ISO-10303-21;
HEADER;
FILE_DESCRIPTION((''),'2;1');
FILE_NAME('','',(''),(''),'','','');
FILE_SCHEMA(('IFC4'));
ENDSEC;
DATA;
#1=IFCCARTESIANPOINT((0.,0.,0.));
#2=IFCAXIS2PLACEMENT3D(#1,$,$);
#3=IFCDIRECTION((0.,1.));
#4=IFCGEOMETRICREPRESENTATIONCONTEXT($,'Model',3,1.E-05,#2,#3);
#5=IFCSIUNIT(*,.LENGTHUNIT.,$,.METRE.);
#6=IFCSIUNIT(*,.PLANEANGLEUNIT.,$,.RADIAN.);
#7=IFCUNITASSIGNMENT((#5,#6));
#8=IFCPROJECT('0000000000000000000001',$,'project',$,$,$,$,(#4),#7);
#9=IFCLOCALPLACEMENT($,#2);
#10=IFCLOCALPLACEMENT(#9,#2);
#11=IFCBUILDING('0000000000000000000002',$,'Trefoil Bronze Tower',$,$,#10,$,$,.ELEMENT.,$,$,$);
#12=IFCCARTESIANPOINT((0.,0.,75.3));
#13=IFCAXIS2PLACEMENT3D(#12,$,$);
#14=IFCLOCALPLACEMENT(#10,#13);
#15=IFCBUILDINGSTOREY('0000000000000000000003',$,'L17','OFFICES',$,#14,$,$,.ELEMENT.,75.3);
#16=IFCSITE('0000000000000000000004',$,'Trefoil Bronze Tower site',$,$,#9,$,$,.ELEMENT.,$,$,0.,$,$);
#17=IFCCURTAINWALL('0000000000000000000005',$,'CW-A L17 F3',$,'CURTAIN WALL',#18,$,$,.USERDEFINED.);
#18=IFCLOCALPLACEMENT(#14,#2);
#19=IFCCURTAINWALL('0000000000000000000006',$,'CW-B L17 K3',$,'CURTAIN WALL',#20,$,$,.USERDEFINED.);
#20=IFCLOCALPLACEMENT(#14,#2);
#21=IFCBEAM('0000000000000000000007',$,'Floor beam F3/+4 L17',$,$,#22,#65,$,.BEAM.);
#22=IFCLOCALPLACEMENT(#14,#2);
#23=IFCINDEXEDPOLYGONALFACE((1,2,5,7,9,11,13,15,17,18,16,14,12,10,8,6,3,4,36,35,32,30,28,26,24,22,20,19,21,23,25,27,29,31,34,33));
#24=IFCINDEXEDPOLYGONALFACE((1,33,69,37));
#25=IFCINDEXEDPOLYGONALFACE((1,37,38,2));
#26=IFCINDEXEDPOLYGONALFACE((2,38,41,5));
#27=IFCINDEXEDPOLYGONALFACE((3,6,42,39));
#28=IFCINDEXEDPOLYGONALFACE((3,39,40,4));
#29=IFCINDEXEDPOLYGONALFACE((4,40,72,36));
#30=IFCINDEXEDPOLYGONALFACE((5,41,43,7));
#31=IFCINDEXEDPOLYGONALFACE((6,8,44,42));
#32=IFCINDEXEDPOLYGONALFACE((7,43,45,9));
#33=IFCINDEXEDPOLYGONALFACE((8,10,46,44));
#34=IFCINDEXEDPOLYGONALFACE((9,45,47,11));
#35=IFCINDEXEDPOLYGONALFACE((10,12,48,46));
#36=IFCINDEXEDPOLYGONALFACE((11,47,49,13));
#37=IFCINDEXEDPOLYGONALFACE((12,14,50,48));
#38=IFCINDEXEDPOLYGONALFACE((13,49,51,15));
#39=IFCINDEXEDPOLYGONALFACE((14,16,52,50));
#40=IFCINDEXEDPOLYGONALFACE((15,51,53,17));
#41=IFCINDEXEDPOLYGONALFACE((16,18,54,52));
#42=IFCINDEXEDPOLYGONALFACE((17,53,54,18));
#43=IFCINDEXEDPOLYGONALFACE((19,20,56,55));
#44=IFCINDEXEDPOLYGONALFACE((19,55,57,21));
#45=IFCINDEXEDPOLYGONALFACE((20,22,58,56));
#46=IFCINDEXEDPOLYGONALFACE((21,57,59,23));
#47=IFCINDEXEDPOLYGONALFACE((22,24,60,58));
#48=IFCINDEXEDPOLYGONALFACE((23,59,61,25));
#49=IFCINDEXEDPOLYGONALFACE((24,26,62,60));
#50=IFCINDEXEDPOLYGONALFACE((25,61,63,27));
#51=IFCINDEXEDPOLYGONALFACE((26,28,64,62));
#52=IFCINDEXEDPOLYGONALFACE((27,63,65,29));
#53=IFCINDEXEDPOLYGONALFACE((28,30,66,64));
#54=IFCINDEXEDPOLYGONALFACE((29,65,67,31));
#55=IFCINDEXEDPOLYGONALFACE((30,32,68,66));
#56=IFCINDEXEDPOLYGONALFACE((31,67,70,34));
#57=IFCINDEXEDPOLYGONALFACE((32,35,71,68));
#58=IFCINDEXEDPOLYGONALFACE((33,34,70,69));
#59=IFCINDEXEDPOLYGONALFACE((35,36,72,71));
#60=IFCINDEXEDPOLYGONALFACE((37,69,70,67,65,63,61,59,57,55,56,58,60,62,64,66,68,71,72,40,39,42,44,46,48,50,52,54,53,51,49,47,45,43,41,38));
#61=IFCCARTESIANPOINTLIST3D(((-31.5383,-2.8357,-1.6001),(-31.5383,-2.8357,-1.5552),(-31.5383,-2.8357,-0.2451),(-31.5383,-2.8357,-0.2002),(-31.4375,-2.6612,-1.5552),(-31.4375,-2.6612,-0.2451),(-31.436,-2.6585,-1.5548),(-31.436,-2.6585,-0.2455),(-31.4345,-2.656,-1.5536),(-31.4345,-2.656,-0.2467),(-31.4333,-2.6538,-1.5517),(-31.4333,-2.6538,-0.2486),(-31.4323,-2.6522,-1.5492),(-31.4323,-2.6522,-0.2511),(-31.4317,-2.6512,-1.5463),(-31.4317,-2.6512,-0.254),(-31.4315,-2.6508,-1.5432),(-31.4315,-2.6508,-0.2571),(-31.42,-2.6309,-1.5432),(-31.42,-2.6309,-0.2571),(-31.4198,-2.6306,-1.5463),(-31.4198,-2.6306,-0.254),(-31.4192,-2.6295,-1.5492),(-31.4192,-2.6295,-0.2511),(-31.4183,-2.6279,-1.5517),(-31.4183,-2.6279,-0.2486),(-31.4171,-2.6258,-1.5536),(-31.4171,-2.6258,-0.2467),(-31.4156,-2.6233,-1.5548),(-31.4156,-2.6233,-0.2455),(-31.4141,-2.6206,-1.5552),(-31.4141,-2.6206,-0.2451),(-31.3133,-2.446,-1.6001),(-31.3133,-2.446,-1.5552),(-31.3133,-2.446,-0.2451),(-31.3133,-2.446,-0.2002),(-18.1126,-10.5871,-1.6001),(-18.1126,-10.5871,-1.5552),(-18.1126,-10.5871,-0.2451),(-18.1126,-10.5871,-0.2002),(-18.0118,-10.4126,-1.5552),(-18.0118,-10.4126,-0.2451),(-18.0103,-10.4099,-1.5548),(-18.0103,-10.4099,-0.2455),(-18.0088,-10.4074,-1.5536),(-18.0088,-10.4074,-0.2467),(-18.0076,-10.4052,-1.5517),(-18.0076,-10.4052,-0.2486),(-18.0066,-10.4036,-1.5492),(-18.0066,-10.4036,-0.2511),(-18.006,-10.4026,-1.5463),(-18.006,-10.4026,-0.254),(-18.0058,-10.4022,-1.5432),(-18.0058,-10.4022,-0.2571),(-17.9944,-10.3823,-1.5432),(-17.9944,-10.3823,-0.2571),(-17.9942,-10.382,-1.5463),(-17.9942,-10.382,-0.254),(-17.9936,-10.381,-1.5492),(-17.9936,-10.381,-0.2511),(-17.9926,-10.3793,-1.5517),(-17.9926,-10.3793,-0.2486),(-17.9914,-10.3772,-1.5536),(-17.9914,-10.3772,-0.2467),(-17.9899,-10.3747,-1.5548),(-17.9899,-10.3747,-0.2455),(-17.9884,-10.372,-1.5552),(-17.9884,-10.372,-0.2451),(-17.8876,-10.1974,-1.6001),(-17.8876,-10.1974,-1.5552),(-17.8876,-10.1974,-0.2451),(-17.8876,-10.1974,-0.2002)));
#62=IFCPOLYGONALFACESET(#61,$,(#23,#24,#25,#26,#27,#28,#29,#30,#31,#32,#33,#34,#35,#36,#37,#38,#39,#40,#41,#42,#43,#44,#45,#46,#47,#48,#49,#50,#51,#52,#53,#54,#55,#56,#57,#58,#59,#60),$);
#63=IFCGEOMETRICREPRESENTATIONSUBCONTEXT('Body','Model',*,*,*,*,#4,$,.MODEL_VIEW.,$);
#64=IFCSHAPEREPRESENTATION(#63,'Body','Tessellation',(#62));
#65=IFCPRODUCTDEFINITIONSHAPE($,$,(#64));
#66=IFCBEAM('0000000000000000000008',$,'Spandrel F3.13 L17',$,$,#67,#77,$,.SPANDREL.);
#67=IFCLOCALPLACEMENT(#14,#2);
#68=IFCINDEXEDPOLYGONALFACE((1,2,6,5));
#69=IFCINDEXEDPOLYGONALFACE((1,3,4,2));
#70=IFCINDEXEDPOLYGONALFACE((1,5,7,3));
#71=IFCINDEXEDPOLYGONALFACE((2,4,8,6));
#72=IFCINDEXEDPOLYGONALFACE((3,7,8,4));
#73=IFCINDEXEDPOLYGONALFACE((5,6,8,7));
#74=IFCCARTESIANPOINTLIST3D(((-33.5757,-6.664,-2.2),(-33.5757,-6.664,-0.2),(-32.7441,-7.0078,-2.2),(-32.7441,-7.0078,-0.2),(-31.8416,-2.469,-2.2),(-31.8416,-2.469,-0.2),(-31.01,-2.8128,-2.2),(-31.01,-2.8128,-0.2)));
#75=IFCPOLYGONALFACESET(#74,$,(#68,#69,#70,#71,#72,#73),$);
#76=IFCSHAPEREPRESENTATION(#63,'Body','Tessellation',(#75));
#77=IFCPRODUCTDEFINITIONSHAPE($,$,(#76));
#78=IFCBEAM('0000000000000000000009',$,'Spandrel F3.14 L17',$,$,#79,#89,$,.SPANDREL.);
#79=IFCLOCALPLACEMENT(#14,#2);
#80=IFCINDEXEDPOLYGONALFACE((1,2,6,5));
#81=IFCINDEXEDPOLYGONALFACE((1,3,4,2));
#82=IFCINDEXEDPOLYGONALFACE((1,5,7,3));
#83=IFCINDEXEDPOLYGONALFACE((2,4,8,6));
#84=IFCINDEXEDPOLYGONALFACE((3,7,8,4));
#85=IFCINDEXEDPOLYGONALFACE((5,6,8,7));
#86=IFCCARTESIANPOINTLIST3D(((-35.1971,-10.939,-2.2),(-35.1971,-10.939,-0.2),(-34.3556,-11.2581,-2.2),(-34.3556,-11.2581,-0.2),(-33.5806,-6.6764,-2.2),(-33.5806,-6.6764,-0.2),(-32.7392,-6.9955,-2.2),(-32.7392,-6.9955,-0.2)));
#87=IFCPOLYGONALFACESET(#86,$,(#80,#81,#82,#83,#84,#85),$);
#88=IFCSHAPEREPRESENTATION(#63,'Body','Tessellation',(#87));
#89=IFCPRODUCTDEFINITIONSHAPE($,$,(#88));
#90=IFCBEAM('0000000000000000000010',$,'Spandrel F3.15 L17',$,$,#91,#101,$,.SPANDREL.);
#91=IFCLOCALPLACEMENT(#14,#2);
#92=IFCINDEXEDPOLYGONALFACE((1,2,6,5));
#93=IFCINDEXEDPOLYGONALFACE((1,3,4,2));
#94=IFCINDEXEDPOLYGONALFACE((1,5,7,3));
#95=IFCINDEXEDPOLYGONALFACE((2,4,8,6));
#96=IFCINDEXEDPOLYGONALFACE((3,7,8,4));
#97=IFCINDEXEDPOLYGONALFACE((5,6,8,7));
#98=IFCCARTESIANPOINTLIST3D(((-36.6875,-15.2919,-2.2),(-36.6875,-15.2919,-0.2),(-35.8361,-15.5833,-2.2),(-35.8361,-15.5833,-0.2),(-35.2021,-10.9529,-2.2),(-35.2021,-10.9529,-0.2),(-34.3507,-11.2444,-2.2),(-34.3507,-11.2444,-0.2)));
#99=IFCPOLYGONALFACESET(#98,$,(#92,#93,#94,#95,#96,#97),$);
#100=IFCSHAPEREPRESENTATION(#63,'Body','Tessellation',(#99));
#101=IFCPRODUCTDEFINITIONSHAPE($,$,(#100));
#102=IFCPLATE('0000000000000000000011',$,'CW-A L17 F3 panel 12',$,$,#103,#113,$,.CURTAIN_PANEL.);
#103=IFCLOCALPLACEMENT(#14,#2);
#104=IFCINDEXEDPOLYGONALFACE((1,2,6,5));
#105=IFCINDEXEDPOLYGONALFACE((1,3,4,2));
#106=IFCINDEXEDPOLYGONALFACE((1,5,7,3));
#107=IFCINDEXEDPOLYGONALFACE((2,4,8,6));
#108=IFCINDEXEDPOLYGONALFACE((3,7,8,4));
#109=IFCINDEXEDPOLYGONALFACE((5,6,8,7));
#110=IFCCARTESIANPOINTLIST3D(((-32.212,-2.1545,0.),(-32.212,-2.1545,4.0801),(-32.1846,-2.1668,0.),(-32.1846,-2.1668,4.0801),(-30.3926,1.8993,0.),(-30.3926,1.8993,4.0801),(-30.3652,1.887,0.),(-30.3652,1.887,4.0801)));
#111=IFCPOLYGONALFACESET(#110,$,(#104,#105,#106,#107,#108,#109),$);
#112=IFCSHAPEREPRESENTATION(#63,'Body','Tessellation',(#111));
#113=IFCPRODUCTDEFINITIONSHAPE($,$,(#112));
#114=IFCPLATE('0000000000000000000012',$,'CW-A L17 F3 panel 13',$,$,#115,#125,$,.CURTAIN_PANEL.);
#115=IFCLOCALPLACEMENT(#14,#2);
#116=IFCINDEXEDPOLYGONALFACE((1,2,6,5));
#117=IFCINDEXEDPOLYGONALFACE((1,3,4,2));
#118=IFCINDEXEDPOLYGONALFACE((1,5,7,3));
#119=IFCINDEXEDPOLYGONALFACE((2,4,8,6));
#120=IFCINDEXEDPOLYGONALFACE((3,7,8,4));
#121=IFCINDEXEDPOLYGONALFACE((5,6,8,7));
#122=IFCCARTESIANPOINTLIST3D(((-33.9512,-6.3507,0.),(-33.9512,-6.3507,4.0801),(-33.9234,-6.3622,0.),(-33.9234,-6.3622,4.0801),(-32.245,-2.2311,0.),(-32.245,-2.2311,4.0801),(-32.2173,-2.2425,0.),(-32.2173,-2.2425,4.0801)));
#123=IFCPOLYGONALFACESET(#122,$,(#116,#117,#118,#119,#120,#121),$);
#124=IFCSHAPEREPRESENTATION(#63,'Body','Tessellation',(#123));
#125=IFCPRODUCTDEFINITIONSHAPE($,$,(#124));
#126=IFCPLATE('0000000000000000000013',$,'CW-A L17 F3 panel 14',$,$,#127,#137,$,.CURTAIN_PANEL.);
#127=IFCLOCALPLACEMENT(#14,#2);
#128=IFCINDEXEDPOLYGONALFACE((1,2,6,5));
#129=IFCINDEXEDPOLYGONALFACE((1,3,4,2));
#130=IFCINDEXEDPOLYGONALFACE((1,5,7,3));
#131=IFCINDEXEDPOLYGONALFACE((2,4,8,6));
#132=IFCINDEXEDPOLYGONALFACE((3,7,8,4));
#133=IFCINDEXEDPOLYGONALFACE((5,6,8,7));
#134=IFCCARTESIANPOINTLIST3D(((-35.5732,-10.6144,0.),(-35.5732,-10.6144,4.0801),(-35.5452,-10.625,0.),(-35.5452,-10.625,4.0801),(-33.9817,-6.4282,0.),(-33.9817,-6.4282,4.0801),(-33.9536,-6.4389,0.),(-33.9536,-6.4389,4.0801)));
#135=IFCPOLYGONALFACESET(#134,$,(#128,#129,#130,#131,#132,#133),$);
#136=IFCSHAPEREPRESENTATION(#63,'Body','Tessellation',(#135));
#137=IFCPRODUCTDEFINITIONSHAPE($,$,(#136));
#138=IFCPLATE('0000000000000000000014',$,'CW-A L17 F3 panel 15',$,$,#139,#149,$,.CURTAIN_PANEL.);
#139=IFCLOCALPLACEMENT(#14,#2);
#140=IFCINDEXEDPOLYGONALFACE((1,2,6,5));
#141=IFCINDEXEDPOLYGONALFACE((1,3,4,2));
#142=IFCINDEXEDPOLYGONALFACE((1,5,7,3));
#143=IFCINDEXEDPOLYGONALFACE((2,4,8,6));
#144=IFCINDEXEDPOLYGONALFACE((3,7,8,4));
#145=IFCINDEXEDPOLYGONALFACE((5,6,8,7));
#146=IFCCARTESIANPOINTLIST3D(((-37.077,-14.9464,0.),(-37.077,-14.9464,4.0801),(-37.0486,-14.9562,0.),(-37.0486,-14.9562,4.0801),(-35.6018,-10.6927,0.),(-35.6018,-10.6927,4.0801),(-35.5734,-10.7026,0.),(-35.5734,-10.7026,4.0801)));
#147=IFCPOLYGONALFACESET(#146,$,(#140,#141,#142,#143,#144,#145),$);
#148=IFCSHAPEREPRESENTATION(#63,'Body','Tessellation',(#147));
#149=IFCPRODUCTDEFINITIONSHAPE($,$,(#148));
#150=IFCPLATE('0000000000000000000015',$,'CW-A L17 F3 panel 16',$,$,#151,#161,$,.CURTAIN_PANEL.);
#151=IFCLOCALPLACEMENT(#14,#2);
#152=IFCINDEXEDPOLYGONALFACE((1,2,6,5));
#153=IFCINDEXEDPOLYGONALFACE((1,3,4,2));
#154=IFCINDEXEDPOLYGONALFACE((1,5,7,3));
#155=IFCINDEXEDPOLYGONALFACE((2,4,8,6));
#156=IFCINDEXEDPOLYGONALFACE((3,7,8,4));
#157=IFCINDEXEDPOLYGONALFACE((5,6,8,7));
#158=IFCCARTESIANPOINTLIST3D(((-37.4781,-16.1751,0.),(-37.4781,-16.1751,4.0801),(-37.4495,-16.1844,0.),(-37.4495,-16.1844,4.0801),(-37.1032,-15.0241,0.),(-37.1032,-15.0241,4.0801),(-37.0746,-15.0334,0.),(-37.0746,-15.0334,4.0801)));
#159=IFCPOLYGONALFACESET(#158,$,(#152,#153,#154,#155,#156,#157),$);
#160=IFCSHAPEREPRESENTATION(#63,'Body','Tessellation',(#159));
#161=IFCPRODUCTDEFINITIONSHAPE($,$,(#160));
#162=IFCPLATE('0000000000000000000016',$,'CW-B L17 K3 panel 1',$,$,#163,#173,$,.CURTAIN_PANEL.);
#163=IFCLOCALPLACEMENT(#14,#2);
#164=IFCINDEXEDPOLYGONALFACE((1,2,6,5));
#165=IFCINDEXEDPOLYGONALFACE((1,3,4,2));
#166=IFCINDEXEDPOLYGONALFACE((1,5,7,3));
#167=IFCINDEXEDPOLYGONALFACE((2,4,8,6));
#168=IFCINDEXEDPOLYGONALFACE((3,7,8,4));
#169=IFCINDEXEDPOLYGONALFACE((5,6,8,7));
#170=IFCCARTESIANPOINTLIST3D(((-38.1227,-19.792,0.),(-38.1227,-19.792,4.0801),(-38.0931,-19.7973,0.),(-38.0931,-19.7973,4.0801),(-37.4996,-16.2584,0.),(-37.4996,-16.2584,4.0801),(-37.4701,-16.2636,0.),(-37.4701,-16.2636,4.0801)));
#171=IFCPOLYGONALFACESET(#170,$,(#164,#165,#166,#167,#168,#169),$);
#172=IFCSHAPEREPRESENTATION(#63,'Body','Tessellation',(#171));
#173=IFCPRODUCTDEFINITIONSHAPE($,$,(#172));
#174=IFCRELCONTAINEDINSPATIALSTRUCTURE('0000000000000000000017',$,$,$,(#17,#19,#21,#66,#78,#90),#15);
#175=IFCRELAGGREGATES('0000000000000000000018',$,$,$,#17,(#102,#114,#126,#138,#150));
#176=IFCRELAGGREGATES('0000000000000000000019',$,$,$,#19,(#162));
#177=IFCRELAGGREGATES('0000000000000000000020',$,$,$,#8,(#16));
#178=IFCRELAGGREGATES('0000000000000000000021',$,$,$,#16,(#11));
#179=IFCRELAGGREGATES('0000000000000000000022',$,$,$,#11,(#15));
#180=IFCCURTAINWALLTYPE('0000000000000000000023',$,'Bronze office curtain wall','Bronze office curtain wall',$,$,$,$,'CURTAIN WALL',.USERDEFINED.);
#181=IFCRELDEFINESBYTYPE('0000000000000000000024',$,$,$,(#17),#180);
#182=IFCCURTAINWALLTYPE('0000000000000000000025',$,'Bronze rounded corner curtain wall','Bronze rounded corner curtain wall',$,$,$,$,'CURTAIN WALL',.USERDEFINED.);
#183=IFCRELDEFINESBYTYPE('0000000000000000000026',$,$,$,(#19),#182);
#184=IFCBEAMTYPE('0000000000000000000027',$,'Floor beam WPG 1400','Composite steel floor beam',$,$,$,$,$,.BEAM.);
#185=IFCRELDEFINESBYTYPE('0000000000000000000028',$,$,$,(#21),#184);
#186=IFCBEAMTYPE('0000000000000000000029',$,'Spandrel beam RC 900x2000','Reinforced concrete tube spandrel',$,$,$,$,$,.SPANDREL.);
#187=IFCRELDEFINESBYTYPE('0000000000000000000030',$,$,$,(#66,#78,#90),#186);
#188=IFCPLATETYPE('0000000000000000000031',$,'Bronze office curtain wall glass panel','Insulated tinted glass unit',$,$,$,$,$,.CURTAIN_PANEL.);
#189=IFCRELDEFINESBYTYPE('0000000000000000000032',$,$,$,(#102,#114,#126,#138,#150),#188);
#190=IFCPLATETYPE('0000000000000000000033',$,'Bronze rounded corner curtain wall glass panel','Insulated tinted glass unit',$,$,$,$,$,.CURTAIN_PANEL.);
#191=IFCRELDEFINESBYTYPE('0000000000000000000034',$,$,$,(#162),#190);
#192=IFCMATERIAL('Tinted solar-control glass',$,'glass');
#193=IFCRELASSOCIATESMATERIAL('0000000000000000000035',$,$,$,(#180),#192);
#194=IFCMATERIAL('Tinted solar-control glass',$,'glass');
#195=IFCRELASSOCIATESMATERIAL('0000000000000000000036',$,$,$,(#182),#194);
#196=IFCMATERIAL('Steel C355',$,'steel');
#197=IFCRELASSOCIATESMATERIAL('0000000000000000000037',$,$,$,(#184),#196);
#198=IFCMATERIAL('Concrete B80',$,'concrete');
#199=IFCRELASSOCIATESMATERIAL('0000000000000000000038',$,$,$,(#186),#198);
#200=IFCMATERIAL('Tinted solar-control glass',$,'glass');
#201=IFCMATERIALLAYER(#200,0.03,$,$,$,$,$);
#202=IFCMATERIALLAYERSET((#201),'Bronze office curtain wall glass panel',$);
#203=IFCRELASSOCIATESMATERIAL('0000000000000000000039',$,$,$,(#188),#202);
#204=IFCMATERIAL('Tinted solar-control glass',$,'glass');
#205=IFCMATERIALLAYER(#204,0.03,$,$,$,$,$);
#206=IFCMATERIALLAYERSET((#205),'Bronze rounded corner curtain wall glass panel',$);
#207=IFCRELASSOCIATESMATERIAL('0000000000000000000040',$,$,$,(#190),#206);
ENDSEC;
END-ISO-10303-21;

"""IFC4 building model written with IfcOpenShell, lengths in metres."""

from ifc_helpers import new_model, si_unit, direction, frame, origin, origin_2d, place, context, subcontext, project, spatial, rectangle, i_section, extrude, material, layer, layer_set, material_profile, profile_set, type_object, element, aggregate, save


model = new_model("IFC4")

# Units and contexts
model_context = context("Model", 3, precision=1e-05, world=origin(), true_north=direction((0.0, 1.0)))
body_context = subcontext(model_context, "Body", "Model", "MODEL_VIEW")
ifc_project = project(units=[si_unit("LENGTHUNIT", "METRE"), si_unit("PLANEANGLEUNIT", "RADIAN")], contexts=[model_context])

# Site, building, storey
site_placement = place(None, origin())
site = spatial("IfcSite", under=ifc_project, at=site_placement, Name="Trefoil Bronze Tower site", CompositionType="ELEMENT", RefElevation=0.0)
building_placement = place(site_placement, origin())
building = spatial("IfcBuilding", under=site, at=building_placement, Name="Trefoil Bronze Tower", CompositionType="ELEMENT")
storey_placement = place(building_placement, frame((0.0, 0.0, 75.3)))
storey = spatial("IfcBuildingStorey", under=building, at=storey_placement, Name="L17", Description="OFFICES", CompositionType="ELEMENT", Elevation=75.3)

# Curtain walls
ifc_material_1 = material(Name="Tinted solar-control glass", Category="glass")
curtain_wall_type_1 = type_object("IfcCurtainWallType", Name="Bronze office curtain wall", Description="Bronze office curtain wall", ElementType="CURTAIN WALL", PredefinedType="USERDEFINED", material=ifc_material_1)
curtain_wall_1_placement = place(storey_placement, origin())
curtain_wall_1 = element("IfcCurtainWall", 1, at=curtain_wall_1_placement, inside=storey, type_object=curtain_wall_type_1, Name="CW-A L17 F3", ObjectType="CURTAIN WALL", PredefinedType="USERDEFINED")
ifc_material_2 = material(Name="Tinted solar-control glass", Category="glass")
curtain_wall_type_2 = type_object("IfcCurtainWallType", Name="Bronze rounded corner curtain wall", Description="Bronze rounded corner curtain wall", ElementType="CURTAIN WALL", PredefinedType="USERDEFINED", material=ifc_material_2)
curtain_wall_2_placement = place(storey_placement, origin())
curtain_wall_2 = element("IfcCurtainWall", 2, at=curtain_wall_2_placement, inside=storey, type_object=curtain_wall_type_2, Name="CW-B L17 K3", ObjectType="CURTAIN WALL", PredefinedType="USERDEFINED")

# Beams
ifc_material_3 = material(Name="Steel C355", Category="steel")
ifc_material_profile_1 = material_profile(ifc_material_3, i_section(OverallWidth=0.45, OverallDepth=1.3999, WebThickness=0.0229, FlangeThickness=0.0449, FilletRadius=0.012, at=origin_2d()), Name="WPG 1400")
ifc_profile_set_1 = profile_set([ifc_material_profile_1], Name="Steel C355")
beam_type_1 = type_object("IfcBeamType", Name="Floor beam WPG 1400", Description="Composite steel floor beam", PredefinedType="BEAM", material=ifc_profile_set_1)
beam_1_placement = place(storey_placement, frame((-31.4258, -2.6409, -0.9001), z_axis=(0.866023, -0.500004, 0.0), x_axis=(0.500004, 0.866023, 0.0)))
element("IfcBeam", 3, at=beam_1_placement, inside=storey, type_object=beam_type_1, Name="Floor beam F3/+4 L17", PredefinedType="BEAM", context=body_context, shape_type="SweptSolid", body=[
    extrude(i_section(OverallWidth=0.45, OverallDepth=1.3999, WebThickness=0.0229, FlangeThickness=0.0449, FilletRadius=0.012, at=origin_2d()), origin(), (0.0, 0.0, 1.0), 15.5027),
])
ifc_material_4 = material(Name="Concrete B80", Category="concrete")
ifc_material_profile_2 = material_profile(ifc_material_4, rectangle(XDim=0.8999, YDim=2.0, at=origin_2d()), Name="RC 900x2000")
ifc_profile_set_2 = profile_set([ifc_material_profile_2], Name="Concrete B80")
beam_type_2 = type_object("IfcBeamType", Name="Spandrel beam RC 900x2000", Description="Reinforced concrete tube spandrel", PredefinedType="SPANDREL", material=ifc_profile_set_2)
beam_2_placement = place(storey_placement, frame((-31.4258, -2.6409, -1.2), z_axis=(-0.382021, -0.924154, 0.0), x_axis=(0.924154, -0.382021, 0.0)))
element("IfcBeam", 4, at=beam_2_placement, inside=storey, type_object=beam_type_2, Name="Spandrel F3.13 L17", PredefinedType="SPANDREL", context=body_context, shape_type="SweptSolid", body=[
    extrude(rectangle(XDim=0.8999, YDim=2.0, at=origin_2d()), origin(), (0.0, 0.0, 1.0), 4.5393),
])
beam_3_placement = place(storey_placement, frame((-33.1599, -6.8359, -1.2), z_axis=(-0.354572, -0.935029, 0.0), x_axis=(0.935029, -0.354572, 0.0)))
element("IfcBeam", 5, at=beam_3_placement, inside=storey, type_object=beam_type_2, Name="Spandrel F3.14 L17", PredefinedType="SPANDREL", context=body_context, shape_type="SweptSolid", body=[
    extrude(rectangle(XDim=0.8999, YDim=2.0, at=origin_2d()), origin(), (0.0, 0.0, 1.0), 4.5588),
])
beam_4_placement = place(storey_placement, frame((-34.7764, -11.0986, -1.2), z_axis=(-0.323883, -0.946097, 0.0), x_axis=(0.946097, -0.323883, 0.0)))
element("IfcBeam", 6, at=beam_4_placement, inside=storey, type_object=beam_type_2, Name="Spandrel F3.15 L17", PredefinedType="SPANDREL", context=body_context, shape_type="SweptSolid", body=[
    extrude(rectangle(XDim=0.8999, YDim=2.0, at=origin_2d()), origin(), (0.0, 0.0, 1.0), 4.5862),
])

# Plates
ifc_material_5 = material(Name="Tinted solar-control glass", Category="glass")
ifc_layer_1 = layer(ifc_material_5, 0.03)
ifc_layer_set_1 = layer_set([ifc_layer_1], Name="Bronze office curtain wall glass panel")
plate_type_1 = type_object("IfcPlateType", Name="Bronze office curtain wall glass panel", Description="Insulated tinted glass unit", PredefinedType="CURTAIN_PANEL", material=ifc_layer_set_1)
plate_1_placement = place(storey_placement, frame((-31.2886, -0.1338, 0.0), z_axis=(0.0, 0.0, 1.0), x_axis=(-0.409456, -0.91233, 0.0)))
plate_1 = element("IfcPlate", 7, at=plate_1_placement, type_object=plate_type_1, Name="CW-A L17 F3 panel 12", PredefinedType="CURTAIN_PANEL", context=body_context, shape_type="SweptSolid", body=[
    extrude(rectangle(XDim=4.4434, YDim=0.03, at=origin_2d()), origin(), (0.0, 0.0, 1.0), 4.0801),
])
plate_2_placement = place(storey_placement, frame((-33.0842, -4.2966, 0.0), z_axis=(0.0, 0.0, 1.0), x_axis=(-0.38263, -0.923902, 0.0)))
plate_2 = element("IfcPlate", 8, at=plate_2_placement, type_object=plate_type_1, Name="CW-A L17 F3 panel 13", PredefinedType="CURTAIN_PANEL", context=body_context, shape_type="SweptSolid", body=[
    extrude(rectangle(XDim=4.459, YDim=0.03, at=origin_2d()), origin(), (0.0, 0.0, 1.0), 4.0801),
])
plate_3_placement = place(storey_placement, frame((-34.7634, -8.5266, 0.0), z_axis=(0.0, 0.0, 1.0), x_axis=(-0.355371, -0.934725, 0.0)))
plate_3 = element("IfcPlate", 9, at=plate_3_placement, type_object=plate_type_1, Name="CW-A L17 F3 panel 14", PredefinedType="CURTAIN_PANEL", context=body_context, shape_type="SweptSolid", body=[
    extrude(rectangle(XDim=4.4785, YDim=0.03, at=origin_2d()), origin(), (0.0, 0.0, 1.0), 4.0801),
])
plate_4_placement = place(storey_placement, frame((-36.3252, -12.8245, 0.0), z_axis=(0.0, 0.0, 1.0), x_axis=(-0.327674, -0.944791, 0.0)))
plate_4 = element("IfcPlate", 10, at=plate_4_placement, type_object=plate_type_1, Name="CW-A L17 F3 panel 15", PredefinedType="CURTAIN_PANEL", context=body_context, shape_type="SweptSolid", body=[
    extrude(rectangle(XDim=4.5022, YDim=0.03, at=origin_2d()), origin(), (0.0, 0.0, 1.0), 4.0801),
])
plate_5_placement = place(storey_placement, frame((-37.2764, -15.6042, 0.0), z_axis=(0.0, 0.0, 1.0), x_axis=(-0.309728, -0.950825, 0.0)))
plate_5 = element("IfcPlate", 11, at=plate_5_placement, type_object=plate_type_1, Name="CW-A L17 F3 panel 16", PredefinedType="CURTAIN_PANEL", context=body_context, shape_type="SweptSolid", body=[
    extrude(rectangle(XDim=1.2104, YDim=0.03, at=origin_2d()), origin(), (0.0, 0.0, 1.0), 4.0801),
])
aggregate(curtain_wall_1, [plate_1, plate_2, plate_3, plate_4, plate_5])
ifc_material_6 = material(Name="Tinted solar-control glass", Category="glass")
ifc_layer_2 = layer(ifc_material_6, 0.03)
ifc_layer_set_2 = layer_set([ifc_layer_2], Name="Bronze rounded corner curtain wall glass panel")
plate_type_2 = type_object("IfcPlateType", Name="Bronze rounded corner curtain wall glass panel", Description="Insulated tinted glass unit", PredefinedType="CURTAIN_PANEL", material=ifc_layer_set_2)
plate_6_placement = place(storey_placement, frame((-37.7964, -18.0278, 0.0), z_axis=(0.0, 0.0, 1.0), x_axis=(-0.173648, -0.984808, 0.0)))
plate_6 = element("IfcPlate", 12, at=plate_6_placement, type_object=plate_type_2, Name="CW-B L17 K3 panel 1", PredefinedType="CURTAIN_PANEL", context=body_context, shape_type="SweptSolid", body=[
    extrude(rectangle(XDim=3.5881, YDim=0.03, at=origin_2d()), origin(), (0.0, 0.0, 1.0), 4.0801),
])
aggregate(curtain_wall_2, [plate_6])

save(model, "model.ifc")
